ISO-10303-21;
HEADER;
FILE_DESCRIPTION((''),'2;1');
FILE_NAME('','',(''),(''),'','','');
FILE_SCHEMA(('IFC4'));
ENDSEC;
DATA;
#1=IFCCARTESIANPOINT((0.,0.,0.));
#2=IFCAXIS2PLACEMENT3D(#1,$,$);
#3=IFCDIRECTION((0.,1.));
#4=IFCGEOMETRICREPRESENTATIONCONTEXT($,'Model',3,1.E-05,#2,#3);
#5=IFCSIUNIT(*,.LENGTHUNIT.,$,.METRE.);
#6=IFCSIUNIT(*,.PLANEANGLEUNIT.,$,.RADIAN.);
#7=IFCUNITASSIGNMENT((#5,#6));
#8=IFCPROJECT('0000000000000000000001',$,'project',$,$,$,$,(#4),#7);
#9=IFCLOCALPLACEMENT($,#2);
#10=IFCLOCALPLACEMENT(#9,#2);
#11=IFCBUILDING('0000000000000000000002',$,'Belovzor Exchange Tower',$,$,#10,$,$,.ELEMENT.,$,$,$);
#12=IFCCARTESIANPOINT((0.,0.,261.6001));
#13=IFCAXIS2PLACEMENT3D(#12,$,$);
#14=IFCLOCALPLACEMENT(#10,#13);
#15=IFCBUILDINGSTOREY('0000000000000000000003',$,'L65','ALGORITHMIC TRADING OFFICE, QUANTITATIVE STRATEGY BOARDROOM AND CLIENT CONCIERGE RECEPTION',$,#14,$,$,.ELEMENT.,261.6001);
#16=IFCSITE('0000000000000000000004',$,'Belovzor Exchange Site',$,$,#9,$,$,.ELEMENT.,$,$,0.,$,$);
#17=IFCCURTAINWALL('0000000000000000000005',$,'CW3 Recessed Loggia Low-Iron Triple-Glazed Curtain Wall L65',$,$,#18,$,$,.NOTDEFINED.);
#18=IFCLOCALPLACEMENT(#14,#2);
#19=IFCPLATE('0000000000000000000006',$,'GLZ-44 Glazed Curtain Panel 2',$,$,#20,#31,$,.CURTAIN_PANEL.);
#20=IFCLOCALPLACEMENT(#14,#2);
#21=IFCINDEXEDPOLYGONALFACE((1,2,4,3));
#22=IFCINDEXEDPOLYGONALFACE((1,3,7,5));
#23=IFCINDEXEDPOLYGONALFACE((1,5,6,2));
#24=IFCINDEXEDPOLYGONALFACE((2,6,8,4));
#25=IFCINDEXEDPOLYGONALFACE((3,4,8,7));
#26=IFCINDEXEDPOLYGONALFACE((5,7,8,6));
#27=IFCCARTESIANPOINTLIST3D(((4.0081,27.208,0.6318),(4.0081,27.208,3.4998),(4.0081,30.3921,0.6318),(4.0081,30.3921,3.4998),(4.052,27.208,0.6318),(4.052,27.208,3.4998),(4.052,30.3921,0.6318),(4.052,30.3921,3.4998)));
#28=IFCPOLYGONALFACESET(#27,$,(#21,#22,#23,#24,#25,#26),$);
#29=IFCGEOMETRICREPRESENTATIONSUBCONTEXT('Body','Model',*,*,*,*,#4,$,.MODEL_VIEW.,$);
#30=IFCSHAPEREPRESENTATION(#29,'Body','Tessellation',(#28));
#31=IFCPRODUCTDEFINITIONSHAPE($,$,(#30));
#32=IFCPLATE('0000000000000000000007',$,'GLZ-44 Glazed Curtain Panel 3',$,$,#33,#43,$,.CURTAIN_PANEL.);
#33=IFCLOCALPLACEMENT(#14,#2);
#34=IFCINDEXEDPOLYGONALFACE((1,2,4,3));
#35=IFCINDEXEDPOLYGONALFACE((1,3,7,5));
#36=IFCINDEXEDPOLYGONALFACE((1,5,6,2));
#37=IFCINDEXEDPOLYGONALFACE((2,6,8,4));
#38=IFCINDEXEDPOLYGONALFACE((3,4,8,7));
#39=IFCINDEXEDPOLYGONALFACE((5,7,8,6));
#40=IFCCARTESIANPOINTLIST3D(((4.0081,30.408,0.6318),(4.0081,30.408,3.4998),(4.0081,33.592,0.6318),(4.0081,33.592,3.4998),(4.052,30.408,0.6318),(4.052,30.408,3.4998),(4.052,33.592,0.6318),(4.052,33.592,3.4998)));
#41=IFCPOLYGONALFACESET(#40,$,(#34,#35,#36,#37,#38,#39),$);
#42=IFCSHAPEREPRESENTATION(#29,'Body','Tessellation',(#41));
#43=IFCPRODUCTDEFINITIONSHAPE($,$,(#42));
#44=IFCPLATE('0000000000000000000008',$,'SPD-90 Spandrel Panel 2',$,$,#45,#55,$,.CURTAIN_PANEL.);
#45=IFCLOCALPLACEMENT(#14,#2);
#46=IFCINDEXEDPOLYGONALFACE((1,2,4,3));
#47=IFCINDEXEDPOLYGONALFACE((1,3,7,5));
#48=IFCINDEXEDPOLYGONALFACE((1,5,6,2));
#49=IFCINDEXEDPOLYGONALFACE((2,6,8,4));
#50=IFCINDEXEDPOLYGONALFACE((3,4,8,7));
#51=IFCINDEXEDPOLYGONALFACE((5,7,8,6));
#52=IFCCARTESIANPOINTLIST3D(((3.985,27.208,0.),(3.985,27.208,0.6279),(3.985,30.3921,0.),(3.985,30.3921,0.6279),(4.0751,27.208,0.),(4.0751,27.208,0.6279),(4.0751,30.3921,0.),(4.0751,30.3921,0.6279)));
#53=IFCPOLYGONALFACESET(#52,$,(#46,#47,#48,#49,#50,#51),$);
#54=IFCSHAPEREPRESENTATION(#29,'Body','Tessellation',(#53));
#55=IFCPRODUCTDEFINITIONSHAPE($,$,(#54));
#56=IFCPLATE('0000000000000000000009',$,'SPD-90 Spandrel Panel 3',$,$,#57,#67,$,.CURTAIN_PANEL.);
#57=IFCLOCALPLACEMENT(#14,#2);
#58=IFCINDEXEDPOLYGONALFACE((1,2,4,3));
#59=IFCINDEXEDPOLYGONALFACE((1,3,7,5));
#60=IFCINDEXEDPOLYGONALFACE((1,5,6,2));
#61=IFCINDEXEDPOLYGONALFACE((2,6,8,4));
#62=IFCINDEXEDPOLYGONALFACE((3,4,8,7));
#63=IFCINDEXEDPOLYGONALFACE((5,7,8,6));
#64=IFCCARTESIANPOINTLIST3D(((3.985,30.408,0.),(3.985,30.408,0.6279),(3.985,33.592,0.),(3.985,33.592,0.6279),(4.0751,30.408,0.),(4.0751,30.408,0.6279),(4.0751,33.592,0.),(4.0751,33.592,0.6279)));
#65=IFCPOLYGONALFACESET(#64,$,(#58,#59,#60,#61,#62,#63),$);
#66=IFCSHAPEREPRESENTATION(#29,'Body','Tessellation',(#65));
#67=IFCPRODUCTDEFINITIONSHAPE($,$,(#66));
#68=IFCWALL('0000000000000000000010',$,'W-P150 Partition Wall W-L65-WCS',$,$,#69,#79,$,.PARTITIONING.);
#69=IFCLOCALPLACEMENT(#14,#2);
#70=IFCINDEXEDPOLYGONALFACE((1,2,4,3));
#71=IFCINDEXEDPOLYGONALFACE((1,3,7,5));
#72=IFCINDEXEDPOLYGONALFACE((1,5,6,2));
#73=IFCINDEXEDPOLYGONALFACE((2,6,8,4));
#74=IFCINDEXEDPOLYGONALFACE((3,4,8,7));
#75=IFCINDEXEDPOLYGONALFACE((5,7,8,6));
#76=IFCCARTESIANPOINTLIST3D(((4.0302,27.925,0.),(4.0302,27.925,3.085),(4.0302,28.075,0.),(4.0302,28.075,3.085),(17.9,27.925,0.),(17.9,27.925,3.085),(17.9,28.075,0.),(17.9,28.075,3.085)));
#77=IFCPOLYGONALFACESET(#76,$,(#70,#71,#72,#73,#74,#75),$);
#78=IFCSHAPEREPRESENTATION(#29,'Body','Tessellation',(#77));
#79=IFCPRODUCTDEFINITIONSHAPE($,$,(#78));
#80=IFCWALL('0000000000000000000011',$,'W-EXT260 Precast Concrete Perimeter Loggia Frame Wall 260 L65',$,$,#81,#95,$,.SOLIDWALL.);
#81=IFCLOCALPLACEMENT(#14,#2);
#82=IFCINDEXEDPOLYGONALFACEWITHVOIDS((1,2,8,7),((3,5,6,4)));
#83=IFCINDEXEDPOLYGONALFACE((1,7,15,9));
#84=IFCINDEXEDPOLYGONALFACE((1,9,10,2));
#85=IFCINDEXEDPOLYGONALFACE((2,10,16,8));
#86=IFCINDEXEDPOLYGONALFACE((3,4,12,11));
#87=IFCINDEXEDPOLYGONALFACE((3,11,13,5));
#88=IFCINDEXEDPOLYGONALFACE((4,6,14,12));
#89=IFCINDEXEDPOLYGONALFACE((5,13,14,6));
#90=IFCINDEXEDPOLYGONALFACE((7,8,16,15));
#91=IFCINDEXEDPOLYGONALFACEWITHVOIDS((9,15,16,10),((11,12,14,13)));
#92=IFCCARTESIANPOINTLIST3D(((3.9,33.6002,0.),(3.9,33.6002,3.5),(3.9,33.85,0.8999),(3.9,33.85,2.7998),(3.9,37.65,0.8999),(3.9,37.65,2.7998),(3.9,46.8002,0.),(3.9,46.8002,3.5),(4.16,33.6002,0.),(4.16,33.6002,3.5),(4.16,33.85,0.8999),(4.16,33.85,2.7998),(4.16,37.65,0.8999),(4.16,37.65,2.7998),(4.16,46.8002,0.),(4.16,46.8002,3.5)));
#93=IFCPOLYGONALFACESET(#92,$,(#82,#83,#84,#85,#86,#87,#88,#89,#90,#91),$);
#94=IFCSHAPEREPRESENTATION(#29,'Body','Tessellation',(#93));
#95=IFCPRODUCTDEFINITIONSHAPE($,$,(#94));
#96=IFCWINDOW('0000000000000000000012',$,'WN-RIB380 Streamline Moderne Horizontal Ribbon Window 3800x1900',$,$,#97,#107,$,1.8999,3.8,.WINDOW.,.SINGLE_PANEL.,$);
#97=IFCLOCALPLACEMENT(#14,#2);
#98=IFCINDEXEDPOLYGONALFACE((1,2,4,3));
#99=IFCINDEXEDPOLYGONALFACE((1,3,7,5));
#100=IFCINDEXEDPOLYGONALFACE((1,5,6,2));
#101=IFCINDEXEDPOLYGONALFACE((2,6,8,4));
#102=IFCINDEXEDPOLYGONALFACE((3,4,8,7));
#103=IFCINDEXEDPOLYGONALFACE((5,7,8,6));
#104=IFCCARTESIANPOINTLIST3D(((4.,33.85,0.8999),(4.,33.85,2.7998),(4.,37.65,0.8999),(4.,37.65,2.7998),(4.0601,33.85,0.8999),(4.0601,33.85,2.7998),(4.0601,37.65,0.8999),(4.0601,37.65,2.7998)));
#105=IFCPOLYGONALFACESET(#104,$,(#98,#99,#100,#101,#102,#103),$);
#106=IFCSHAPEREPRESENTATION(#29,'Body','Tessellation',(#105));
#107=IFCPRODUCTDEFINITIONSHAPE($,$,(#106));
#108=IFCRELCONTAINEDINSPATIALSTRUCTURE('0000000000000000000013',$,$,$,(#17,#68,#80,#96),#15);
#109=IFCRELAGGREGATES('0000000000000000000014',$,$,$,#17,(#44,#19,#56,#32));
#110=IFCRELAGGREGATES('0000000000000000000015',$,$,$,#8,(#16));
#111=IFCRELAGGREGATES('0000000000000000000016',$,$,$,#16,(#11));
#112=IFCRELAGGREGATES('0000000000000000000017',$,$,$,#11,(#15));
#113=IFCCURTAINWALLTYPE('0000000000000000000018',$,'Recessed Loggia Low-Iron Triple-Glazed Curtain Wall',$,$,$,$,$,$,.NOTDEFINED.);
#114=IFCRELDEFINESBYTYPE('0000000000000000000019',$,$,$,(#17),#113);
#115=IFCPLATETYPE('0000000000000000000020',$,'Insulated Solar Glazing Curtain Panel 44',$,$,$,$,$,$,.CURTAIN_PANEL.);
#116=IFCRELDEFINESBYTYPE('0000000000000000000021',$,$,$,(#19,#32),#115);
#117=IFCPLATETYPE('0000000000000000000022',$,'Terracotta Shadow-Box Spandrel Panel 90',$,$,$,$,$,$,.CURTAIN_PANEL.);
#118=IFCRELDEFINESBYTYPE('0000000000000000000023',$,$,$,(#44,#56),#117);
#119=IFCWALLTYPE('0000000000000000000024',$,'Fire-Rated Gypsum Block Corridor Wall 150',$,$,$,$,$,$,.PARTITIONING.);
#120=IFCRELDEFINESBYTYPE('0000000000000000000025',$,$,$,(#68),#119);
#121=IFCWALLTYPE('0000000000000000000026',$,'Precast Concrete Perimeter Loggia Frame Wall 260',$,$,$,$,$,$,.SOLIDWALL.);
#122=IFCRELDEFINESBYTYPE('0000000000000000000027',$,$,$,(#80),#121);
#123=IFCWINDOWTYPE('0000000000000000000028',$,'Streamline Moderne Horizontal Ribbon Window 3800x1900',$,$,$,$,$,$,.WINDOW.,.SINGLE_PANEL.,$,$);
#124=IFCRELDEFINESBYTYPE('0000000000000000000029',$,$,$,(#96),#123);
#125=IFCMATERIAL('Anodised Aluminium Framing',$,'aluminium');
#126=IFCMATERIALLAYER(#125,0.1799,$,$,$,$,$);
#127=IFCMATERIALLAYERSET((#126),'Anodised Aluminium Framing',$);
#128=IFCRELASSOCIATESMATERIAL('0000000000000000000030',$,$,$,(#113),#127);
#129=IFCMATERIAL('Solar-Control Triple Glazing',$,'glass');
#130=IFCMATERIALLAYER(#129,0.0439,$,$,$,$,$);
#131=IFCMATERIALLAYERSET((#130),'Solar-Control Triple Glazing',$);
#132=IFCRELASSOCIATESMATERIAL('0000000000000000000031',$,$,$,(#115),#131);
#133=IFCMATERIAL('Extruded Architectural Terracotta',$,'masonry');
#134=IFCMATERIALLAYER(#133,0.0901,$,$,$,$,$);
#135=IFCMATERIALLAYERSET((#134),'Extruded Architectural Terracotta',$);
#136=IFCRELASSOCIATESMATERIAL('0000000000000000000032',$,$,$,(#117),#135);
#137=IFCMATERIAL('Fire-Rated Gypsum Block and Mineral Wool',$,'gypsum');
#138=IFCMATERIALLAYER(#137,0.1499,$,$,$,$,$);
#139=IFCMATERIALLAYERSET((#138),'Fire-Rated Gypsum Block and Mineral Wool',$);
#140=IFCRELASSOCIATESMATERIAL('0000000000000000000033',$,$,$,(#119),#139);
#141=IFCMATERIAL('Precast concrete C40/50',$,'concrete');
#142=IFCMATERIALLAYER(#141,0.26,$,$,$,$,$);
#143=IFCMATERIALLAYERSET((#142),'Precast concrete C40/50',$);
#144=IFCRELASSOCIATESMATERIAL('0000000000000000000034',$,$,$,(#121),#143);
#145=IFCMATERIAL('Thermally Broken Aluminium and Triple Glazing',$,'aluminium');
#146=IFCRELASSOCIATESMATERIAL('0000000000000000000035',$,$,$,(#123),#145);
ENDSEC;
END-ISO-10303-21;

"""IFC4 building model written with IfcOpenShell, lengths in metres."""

from ifc_helpers import new_model, si_unit, direction, frame, frame_2d, origin, origin_2d, place, context, subcontext, project, spatial, rectangle, extrude, material, layer, layer_set, type_object, element, fill, aggregate, save


model = new_model("IFC4")

# Units and contexts
model_context = context("Model", 3, precision=1e-05, world=origin(), true_north=direction((0.0, 1.0)))
body_context = subcontext(model_context, "Body", "Model", "MODEL_VIEW")
ifc_project = project(units=[si_unit("LENGTHUNIT", "METRE"), si_unit("PLANEANGLEUNIT", "RADIAN")], contexts=[model_context])

# Site, building, storey
site_placement = place(None, origin())
site = spatial("IfcSite", under=ifc_project, at=site_placement, Name="Belovzor Exchange Site", CompositionType="ELEMENT", RefElevation=0.0)
building_placement = place(site_placement, origin())
building = spatial("IfcBuilding", under=site, at=building_placement, Name="Belovzor Exchange Tower", CompositionType="ELEMENT")
storey_placement = place(building_placement, frame((0.0, 0.0, 261.6001)))
storey = spatial("IfcBuildingStorey", under=building, at=storey_placement, Name="L65", Description="ALGORITHMIC TRADING OFFICE, QUANTITATIVE STRATEGY BOARDROOM AND CLIENT CONCIERGE RECEPTION", CompositionType="ELEMENT", Elevation=261.6001)

# Curtain wall
ifc_material_1 = material(Name="Anodised Aluminium Framing", Category="aluminium")
ifc_layer_1 = layer(ifc_material_1, 0.1799)
ifc_layer_set_1 = layer_set([ifc_layer_1], Name="Anodised Aluminium Framing")
curtain_wall_type = type_object("IfcCurtainWallType", Name="Recessed Loggia Low-Iron Triple-Glazed Curtain Wall", PredefinedType="NOTDEFINED", material=ifc_layer_set_1)
curtain_wall_placement = place(storey_placement, origin())
curtain_wall = element("IfcCurtainWall", 1, at=curtain_wall_placement, inside=storey, type_object=curtain_wall_type, Name="CW3 Recessed Loggia Low-Iron Triple-Glazed Curtain Wall L65", PredefinedType="NOTDEFINED")

# Plates
ifc_material_2 = material(Name="Solar-Control Triple Glazing", Category="glass")
ifc_layer_2 = layer(ifc_material_2, 0.0439)
ifc_layer_set_2 = layer_set([ifc_layer_2], Name="Solar-Control Triple Glazing")
plate_type_1 = type_object("IfcPlateType", Name="Insulated Solar Glazing Curtain Panel 44", PredefinedType="CURTAIN_PANEL", material=ifc_layer_set_2)
plate_1_placement = place(storey_placement, frame((4.03, 28.8, 0.6318), z_axis=(0.0, 0.0, 1.0), x_axis=(0.0, 1.0, 0.0)))
plate_1 = element("IfcPlate", 2, at=plate_1_placement, type_object=plate_type_1, Name="GLZ-44 Glazed Curtain Panel 2", PredefinedType="CURTAIN_PANEL", context=body_context, shape_type="SweptSolid", body=[
    extrude(rectangle(XDim=3.1841, YDim=0.0439, at=origin_2d()), origin(), (0.0, 0.0, 1.0), 2.8679),
])
plate_2_placement = place(storey_placement, frame((4.03, 32.0, 0.6318), z_axis=(0.0, 0.0, 1.0), x_axis=(0.0, 1.0, 0.0)))
plate_2 = element("IfcPlate", 3, at=plate_2_placement, type_object=plate_type_1, Name="GLZ-44 Glazed Curtain Panel 3", PredefinedType="CURTAIN_PANEL", context=body_context, shape_type="SweptSolid", body=[
    extrude(rectangle(XDim=3.1841, YDim=0.0439, at=origin_2d()), origin(), (0.0, 0.0, 1.0), 2.8679),
])
ifc_material_3 = material(Name="Extruded Architectural Terracotta", Category="masonry")
ifc_layer_3 = layer(ifc_material_3, 0.0901)
ifc_layer_set_3 = layer_set([ifc_layer_3], Name="Extruded Architectural Terracotta")
plate_type_2 = type_object("IfcPlateType", Name="Terracotta Shadow-Box Spandrel Panel 90", PredefinedType="CURTAIN_PANEL", material=ifc_layer_set_3)
plate_3_placement = place(storey_placement, frame((4.03, 28.8, 0.0), z_axis=(0.0, 0.0, 1.0), x_axis=(0.0, 1.0, 0.0)))
plate_3 = element("IfcPlate", 4, at=plate_3_placement, type_object=plate_type_2, Name="SPD-90 Spandrel Panel 2", PredefinedType="CURTAIN_PANEL", context=body_context, shape_type="SweptSolid", body=[
    extrude(rectangle(XDim=3.1841, YDim=0.0901, at=origin_2d()), origin(), (0.0, 0.0, 1.0), 0.6279),
])
plate_4_placement = place(storey_placement, frame((4.03, 32.0, 0.0), z_axis=(0.0, 0.0, 1.0), x_axis=(0.0, 1.0, 0.0)))
plate_4 = element("IfcPlate", 5, at=plate_4_placement, type_object=plate_type_2, Name="SPD-90 Spandrel Panel 3", PredefinedType="CURTAIN_PANEL", context=body_context, shape_type="SweptSolid", body=[
    extrude(rectangle(XDim=3.1841, YDim=0.0901, at=origin_2d()), origin(), (0.0, 0.0, 1.0), 0.6279),
])
aggregate(curtain_wall, [plate_3, plate_1, plate_4, plate_2])

# Wall
ifc_material_4 = material(Name="Fire-Rated Gypsum Block and Mineral Wool", Category="gypsum")
ifc_layer_4 = layer(ifc_material_4, 0.1499)
ifc_layer_set_4 = layer_set([ifc_layer_4], Name="Fire-Rated Gypsum Block and Mineral Wool")
wall_type_1 = type_object("IfcWallType", Name="Fire-Rated Gypsum Block Corridor Wall 150", PredefinedType="PARTITIONING", material=ifc_layer_set_4)
wall_1_placement = place(storey_placement, frame((4.03, 28.0, 0.0), z_axis=(0.0, 0.0, 1.0), x_axis=(1.0, 0.0, 0.0)))
element("IfcWall", 6, at=wall_1_placement, inside=storey, type_object=wall_type_1, Name="W-P150 Partition Wall W-L65-WCS", PredefinedType="PARTITIONING", context=body_context, shape_type="SweptSolid", body=[
    extrude(rectangle(XDim=13.8699, YDim=0.1499, at=frame_2d((6.9351, 0.0))), origin(), (0.0, 0.0, 1.0), 3.085),
])

# Wall, opening, window
ifc_material_5 = material(Name="Precast concrete C40/50", Category="concrete")
ifc_layer_5 = layer(ifc_material_5, 0.26)
ifc_layer_set_5 = layer_set([ifc_layer_5], Name="Precast concrete C40/50")
wall_type_2 = type_object("IfcWallType", Name="Precast Concrete Perimeter Loggia Frame Wall 260", PredefinedType="SOLIDWALL", material=ifc_layer_set_5)
wall_2_placement = place(storey_placement, frame((4.03, 33.6001, 0.0), z_axis=(0.0, 0.0, 1.0), x_axis=(0.0, 1.0, 0.0)))
wall_2 = element("IfcWall", 7, at=wall_2_placement, inside=storey, type_object=wall_type_2, Name="W-EXT260 Precast Concrete Perimeter Loggia Frame Wall 260 L65", PredefinedType="SOLIDWALL", context=body_context, shape_type="SweptSolid", body=[
    extrude(rectangle(XDim=13.2, YDim=0.26, at=frame_2d((6.6001, 0.0))), origin(), (0.0, 0.0, 1.0), 3.5),
])
opening_placement = place(wall_2_placement, frame((0.25, 0.0, 0.8999)))
opening = element("IfcOpeningElement", 8, at=opening_placement, cuts=wall_2, PredefinedType="OPENING", context=body_context, shape_type="SweptSolid", body=[
    extrude(rectangle(XDim=3.8, YDim=1.8999, at=frame_2d((1.8999, 0.95))), frame((0.0, 0.1399, 0.0), z_axis=(0.0, -1.0, 0.0), x_axis=(1.0, 0.0, 0.0)), (0.0, 0.0, 1.0), 0.28),
])
ifc_material_6 = material(Name="Thermally Broken Aluminium and Triple Glazing", Category="aluminium")
window_type = type_object("IfcWindowType", Name="Streamline Moderne Horizontal Ribbon Window 3800x1900", PartitioningType="SINGLE_PANEL", PredefinedType="WINDOW", material=ifc_material_6)
window_placement = place(opening_placement, origin())
window = element("IfcWindow", 9, at=window_placement, inside=storey, type_object=window_type, Name="WN-RIB380 Streamline Moderne Horizontal Ribbon Window 3800x1900", OverallHeight=1.8999, OverallWidth=3.8, PartitioningType="SINGLE_PANEL", PredefinedType="WINDOW", context=body_context, shape_type="SweptSolid", body=[
    extrude(rectangle(XDim=3.8, YDim=1.8999, at=frame_2d((1.8999, 0.95))), frame((0.0, 0.03, 0.0), z_axis=(0.0, -1.0, 0.0), x_axis=(1.0, 0.0, 0.0)), (0.0, 0.0, 1.0), 0.0601),
])
fill(opening, window)

save(model, "model.ifc")
